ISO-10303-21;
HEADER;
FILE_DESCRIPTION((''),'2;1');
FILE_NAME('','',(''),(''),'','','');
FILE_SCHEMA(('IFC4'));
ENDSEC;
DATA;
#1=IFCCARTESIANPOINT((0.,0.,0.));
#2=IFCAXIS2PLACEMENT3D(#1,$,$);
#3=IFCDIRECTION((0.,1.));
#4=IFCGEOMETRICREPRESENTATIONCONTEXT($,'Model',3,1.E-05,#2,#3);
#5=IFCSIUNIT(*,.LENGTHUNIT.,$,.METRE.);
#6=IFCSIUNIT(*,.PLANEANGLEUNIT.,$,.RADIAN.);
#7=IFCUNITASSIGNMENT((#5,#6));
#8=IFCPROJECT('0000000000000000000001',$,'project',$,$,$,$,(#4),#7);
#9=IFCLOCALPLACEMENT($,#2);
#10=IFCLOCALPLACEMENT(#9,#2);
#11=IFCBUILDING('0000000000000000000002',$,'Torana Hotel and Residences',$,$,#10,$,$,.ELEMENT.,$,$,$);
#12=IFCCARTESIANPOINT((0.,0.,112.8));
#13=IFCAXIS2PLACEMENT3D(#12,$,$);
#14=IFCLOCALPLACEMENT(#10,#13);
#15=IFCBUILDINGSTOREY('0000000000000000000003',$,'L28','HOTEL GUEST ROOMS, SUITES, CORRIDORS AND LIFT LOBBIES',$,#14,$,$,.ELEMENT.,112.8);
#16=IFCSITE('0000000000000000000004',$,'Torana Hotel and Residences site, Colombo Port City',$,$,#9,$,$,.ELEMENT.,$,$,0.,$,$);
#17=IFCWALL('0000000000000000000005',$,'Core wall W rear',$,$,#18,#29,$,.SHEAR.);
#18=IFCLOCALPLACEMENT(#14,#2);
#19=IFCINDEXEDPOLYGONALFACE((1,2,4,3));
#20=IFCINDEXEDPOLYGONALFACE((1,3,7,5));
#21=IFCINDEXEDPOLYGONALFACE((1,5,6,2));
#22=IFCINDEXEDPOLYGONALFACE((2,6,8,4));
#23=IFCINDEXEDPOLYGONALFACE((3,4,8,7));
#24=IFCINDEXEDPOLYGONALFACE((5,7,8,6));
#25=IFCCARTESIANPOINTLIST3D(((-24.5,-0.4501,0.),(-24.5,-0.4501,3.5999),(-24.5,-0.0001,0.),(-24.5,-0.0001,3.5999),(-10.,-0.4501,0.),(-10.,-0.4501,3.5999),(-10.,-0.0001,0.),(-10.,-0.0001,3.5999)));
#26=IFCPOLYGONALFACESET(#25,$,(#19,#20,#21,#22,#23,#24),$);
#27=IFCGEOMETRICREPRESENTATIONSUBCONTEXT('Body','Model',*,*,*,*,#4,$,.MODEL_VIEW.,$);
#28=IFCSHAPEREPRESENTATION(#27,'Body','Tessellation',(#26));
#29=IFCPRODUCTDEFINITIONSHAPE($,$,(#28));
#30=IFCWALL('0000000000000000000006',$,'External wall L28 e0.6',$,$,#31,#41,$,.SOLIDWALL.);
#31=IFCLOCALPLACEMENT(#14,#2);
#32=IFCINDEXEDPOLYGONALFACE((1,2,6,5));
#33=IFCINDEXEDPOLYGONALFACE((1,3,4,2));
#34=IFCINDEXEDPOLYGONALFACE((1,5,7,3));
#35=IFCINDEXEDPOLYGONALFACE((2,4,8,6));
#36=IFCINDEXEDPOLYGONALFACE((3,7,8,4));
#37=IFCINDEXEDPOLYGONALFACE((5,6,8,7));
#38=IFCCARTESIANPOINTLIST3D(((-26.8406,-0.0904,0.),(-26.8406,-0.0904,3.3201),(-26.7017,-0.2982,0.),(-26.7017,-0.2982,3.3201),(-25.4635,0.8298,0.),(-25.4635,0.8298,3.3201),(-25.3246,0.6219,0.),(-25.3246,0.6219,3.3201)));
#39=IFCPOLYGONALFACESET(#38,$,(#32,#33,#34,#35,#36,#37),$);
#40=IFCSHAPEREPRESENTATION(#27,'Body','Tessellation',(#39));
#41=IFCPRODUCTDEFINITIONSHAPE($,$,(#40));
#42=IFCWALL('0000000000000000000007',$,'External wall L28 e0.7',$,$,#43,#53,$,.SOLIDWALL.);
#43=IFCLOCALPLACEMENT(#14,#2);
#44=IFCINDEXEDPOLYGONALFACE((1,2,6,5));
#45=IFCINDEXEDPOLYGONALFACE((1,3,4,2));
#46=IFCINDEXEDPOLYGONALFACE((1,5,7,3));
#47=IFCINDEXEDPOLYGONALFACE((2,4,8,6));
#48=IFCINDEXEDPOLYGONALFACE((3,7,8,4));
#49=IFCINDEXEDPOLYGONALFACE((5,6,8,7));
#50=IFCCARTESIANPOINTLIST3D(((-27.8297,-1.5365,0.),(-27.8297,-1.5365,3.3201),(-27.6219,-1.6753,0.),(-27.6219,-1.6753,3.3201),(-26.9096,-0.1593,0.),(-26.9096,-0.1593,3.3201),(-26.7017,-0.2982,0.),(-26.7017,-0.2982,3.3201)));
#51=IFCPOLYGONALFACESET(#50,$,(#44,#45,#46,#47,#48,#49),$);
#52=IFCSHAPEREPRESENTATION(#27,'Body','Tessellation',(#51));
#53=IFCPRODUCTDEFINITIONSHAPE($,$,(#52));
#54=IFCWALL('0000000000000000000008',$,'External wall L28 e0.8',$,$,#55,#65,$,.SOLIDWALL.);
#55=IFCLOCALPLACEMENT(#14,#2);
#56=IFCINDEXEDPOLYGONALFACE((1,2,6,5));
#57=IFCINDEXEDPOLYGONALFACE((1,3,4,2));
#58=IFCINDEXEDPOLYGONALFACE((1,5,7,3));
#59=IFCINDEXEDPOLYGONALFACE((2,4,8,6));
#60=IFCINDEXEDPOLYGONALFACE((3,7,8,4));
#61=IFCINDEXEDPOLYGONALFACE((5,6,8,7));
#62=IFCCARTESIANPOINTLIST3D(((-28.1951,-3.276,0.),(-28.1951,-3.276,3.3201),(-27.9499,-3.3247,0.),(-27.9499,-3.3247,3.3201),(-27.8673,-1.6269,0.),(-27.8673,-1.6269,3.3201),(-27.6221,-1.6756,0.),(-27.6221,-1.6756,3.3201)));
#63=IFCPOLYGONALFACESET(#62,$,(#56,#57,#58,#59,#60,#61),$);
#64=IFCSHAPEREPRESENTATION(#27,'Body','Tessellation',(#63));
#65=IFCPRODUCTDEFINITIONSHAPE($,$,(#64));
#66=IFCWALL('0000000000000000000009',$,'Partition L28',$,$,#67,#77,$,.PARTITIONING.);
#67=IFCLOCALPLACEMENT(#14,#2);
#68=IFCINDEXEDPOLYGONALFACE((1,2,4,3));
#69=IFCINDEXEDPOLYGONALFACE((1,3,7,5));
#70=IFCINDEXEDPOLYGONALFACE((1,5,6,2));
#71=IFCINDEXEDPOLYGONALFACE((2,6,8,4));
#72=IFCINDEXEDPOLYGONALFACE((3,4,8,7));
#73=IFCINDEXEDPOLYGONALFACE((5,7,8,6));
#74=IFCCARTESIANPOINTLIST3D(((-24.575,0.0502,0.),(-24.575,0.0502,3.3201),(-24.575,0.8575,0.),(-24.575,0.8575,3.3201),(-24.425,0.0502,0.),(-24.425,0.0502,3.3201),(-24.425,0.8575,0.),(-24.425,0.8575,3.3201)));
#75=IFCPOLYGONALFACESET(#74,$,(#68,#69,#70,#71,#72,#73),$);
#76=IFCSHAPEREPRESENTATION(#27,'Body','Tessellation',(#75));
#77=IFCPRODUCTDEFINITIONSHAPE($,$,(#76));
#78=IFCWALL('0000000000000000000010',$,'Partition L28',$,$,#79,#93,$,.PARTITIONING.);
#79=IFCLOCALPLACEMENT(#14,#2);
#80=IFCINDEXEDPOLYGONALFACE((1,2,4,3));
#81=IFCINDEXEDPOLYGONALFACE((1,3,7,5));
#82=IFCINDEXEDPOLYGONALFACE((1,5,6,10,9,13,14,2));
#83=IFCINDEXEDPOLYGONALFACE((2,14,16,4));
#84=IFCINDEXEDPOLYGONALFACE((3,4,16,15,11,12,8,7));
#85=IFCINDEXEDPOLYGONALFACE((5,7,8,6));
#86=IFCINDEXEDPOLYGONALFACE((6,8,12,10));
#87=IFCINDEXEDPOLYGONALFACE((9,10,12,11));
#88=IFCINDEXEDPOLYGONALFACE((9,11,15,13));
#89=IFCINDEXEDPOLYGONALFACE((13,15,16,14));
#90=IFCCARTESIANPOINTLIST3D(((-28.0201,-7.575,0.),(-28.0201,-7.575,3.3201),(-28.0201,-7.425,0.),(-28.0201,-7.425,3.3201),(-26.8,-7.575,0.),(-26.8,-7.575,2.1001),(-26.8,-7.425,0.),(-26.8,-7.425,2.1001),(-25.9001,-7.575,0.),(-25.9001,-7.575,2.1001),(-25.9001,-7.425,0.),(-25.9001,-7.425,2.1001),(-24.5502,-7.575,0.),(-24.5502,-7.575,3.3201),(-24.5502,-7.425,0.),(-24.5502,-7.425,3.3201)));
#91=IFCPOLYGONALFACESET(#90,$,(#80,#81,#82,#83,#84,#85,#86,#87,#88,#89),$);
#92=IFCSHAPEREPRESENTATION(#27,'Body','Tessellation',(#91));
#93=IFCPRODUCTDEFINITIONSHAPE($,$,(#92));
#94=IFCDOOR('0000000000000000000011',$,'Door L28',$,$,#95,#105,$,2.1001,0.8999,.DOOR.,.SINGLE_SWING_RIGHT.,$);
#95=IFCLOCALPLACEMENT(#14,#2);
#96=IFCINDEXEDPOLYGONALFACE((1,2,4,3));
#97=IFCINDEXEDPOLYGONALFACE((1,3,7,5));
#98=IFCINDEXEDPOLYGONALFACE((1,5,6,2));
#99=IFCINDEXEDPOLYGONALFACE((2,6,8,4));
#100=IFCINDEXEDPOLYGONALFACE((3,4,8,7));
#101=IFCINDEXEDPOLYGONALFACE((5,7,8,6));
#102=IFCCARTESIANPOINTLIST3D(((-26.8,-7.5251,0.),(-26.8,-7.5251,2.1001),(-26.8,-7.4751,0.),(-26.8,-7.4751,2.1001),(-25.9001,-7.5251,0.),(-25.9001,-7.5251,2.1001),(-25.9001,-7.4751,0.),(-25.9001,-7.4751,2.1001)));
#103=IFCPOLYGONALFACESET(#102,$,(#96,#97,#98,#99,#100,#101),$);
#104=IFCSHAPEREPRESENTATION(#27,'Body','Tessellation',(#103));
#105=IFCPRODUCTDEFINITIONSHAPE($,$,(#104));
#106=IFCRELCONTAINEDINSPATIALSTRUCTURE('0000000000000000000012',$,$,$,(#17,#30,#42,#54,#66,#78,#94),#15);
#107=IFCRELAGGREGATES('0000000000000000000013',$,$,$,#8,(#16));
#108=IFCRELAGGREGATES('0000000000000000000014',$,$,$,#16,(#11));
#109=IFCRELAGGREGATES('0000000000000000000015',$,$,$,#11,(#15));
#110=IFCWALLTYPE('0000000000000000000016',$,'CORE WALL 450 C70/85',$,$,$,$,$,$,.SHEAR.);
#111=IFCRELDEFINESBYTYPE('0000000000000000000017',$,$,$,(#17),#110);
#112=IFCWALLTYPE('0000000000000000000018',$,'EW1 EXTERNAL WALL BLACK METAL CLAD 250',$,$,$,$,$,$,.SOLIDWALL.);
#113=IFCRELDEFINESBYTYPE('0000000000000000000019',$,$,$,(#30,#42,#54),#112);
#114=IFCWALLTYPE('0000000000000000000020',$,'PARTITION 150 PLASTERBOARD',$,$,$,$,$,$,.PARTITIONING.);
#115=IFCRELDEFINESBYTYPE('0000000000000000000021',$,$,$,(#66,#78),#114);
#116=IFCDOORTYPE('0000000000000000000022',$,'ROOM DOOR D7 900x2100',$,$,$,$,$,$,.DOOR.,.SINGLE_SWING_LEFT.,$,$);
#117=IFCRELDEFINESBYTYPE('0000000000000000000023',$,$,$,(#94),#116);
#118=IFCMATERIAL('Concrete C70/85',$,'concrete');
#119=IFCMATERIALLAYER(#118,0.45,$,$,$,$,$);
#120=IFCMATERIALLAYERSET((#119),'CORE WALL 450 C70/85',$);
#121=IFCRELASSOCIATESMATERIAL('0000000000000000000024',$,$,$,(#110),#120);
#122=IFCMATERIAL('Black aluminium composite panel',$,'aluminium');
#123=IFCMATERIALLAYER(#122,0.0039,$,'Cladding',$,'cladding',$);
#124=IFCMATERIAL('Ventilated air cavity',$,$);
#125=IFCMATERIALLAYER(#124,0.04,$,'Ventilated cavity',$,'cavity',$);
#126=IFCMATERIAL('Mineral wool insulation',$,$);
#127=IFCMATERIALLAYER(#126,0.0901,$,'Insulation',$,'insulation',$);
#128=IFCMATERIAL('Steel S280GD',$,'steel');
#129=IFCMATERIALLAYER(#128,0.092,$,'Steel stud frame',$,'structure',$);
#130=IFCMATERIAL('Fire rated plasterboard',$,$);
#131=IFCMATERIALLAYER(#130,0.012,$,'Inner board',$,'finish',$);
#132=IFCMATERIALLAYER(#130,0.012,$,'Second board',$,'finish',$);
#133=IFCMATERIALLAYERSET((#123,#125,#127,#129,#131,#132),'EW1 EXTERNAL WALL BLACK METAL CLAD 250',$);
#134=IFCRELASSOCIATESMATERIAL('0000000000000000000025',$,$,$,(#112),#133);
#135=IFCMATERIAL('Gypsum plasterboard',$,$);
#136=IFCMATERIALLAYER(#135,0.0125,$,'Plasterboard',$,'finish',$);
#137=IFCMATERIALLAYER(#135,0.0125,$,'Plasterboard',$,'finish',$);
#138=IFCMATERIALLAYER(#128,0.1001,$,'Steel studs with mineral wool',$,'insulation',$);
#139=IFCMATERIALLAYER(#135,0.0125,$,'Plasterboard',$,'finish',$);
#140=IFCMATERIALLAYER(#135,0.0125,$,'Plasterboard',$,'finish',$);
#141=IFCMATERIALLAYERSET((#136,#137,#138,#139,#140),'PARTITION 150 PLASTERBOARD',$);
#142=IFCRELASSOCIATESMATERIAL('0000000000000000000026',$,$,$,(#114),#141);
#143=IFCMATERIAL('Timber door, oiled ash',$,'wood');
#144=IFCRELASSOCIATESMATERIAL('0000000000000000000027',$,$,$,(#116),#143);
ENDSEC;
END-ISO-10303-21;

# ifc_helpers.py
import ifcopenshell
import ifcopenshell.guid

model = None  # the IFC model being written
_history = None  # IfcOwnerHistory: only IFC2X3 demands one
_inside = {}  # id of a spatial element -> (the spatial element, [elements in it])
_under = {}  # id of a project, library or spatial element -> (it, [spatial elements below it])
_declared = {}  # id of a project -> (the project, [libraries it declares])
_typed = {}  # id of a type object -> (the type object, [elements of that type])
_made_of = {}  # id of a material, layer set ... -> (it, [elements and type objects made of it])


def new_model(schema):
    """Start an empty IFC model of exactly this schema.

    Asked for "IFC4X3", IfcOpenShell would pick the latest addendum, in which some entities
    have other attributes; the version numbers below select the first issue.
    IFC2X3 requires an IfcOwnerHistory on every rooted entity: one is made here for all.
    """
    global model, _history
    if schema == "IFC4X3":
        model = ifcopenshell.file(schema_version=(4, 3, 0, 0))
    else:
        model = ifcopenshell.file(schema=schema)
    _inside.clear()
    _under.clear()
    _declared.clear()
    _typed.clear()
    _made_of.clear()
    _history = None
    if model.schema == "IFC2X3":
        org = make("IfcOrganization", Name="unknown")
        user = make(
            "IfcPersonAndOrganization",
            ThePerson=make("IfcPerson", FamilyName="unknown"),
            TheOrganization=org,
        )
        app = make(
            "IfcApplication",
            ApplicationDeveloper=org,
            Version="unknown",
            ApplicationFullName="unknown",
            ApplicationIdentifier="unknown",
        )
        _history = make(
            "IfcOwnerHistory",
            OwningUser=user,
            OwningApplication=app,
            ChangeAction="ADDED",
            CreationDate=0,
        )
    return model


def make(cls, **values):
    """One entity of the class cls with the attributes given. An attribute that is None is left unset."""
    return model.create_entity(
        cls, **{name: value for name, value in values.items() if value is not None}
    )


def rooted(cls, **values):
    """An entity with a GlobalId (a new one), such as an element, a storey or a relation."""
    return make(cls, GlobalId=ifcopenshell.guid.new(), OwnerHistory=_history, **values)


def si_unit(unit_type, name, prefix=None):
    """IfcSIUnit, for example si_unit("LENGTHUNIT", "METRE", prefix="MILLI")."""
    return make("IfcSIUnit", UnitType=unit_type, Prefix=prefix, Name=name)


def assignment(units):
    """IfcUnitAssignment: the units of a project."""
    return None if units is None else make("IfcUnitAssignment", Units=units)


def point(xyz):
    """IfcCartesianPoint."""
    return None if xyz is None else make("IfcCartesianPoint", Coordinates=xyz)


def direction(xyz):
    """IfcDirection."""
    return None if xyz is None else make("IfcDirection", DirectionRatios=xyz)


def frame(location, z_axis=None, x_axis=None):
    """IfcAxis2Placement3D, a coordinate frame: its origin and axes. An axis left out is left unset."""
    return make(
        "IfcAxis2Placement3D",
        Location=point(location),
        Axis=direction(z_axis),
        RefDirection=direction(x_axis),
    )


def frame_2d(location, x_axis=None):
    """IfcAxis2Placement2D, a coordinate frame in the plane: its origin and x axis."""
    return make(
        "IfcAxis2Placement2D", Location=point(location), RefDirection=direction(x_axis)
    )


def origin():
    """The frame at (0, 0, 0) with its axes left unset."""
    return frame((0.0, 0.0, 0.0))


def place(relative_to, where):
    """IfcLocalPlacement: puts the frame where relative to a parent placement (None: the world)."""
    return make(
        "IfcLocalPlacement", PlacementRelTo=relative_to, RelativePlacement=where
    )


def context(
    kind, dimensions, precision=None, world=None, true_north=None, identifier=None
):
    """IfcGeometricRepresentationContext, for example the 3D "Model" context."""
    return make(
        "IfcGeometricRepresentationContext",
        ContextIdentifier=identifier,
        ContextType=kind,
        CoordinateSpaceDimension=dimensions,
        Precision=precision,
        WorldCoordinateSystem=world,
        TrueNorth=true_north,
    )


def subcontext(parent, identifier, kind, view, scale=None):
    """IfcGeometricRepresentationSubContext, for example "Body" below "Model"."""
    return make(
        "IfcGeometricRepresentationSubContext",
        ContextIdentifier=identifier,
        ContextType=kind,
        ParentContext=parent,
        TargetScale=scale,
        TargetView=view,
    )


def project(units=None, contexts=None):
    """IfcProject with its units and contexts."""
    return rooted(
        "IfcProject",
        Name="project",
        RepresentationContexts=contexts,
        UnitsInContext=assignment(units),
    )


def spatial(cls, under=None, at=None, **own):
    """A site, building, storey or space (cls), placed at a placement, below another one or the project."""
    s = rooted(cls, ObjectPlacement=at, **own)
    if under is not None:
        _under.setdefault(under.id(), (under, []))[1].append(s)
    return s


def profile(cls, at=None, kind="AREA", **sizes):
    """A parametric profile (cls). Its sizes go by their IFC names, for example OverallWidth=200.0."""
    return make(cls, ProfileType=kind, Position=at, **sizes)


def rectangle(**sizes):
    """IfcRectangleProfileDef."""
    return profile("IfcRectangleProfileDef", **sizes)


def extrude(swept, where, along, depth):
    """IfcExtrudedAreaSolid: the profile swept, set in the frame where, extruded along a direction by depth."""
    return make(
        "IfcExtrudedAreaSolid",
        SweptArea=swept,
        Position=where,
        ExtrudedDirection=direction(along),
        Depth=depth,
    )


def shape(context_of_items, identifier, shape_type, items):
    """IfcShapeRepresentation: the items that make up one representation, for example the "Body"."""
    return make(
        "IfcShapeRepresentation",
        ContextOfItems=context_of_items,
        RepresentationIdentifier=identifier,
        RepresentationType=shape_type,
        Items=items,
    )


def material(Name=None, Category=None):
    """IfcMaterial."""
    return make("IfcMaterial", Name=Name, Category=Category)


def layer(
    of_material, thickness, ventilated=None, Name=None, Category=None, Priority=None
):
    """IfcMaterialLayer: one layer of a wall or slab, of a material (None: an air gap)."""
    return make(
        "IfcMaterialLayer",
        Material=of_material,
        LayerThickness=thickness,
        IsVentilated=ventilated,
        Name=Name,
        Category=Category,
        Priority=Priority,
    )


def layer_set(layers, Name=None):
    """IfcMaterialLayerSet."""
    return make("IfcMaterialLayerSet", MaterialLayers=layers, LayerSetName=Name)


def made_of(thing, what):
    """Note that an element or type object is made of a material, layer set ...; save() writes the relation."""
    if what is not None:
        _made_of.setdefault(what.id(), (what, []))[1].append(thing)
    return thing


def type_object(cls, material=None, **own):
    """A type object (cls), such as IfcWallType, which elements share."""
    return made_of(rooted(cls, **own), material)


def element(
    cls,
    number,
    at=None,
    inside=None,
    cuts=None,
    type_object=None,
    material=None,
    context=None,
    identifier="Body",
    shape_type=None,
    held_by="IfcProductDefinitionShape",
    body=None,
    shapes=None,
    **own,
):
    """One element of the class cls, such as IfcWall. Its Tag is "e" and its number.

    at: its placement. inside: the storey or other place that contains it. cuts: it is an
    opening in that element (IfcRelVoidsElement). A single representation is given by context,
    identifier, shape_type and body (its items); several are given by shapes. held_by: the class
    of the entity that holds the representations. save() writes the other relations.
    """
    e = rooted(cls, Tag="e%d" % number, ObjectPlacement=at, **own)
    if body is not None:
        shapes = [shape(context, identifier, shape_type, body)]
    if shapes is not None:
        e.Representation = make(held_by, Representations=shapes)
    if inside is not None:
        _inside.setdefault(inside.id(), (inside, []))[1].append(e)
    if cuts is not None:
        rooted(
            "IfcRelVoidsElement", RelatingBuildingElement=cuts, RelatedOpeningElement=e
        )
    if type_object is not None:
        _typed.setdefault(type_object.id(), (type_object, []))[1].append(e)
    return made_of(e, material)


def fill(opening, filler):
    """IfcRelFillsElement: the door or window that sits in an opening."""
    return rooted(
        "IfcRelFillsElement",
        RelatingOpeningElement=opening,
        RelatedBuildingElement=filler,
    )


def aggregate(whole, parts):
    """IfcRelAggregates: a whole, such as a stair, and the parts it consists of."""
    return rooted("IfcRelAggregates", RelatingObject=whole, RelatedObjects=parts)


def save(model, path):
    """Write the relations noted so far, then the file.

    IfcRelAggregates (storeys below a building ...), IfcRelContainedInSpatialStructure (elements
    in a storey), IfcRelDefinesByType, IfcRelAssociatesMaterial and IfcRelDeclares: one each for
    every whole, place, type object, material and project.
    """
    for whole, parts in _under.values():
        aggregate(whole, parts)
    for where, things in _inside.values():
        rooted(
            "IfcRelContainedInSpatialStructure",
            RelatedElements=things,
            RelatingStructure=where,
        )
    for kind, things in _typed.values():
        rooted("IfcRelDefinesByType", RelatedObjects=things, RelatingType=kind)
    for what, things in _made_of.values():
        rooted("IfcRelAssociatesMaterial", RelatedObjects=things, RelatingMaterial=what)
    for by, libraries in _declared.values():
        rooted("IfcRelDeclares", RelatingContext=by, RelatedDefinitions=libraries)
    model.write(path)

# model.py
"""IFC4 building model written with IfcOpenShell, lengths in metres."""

from ifc_helpers import new_model, si_unit, direction, frame, frame_2d, origin, place, context, subcontext, project, spatial, rectangle, extrude, material, layer, layer_set, type_object, element, fill, save


model = new_model("IFC4")

# Units and contexts
model_context = context("Model", 3, precision=1e-05, world=origin(), true_north=direction((0.0, 1.0)))
body_context = subcontext(model_context, "Body", "Model", "MODEL_VIEW")
ifc_project = project(units=[si_unit("LENGTHUNIT", "METRE"), si_unit("PLANEANGLEUNIT", "RADIAN")], contexts=[model_context])

# Site, building, storey
site_placement = place(None, origin())
site = spatial("IfcSite", under=ifc_project, at=site_placement, Name="Torana Hotel and Residences site, Colombo Port City", CompositionType="ELEMENT", RefElevation=0.0)
building_placement = place(site_placement, origin())
building = spatial("IfcBuilding", under=site, at=building_placement, Name="Torana Hotel and Residences", CompositionType="ELEMENT")
storey_placement = place(building_placement, frame((0.0, 0.0, 112.8)))
storey = spatial("IfcBuildingStorey", under=building, at=storey_placement, Name="L28", Description="HOTEL GUEST ROOMS, SUITES, CORRIDORS AND LIFT LOBBIES", CompositionType="ELEMENT", Elevation=112.8)

# Walls
ifc_material_1 = material(Name="Concrete C70/85", Category="concrete")
ifc_layer_1 = layer(ifc_material_1, 0.45)
ifc_layer_set_1 = layer_set([ifc_layer_1], Name="CORE WALL 450 C70/85")
wall_type_1 = type_object("IfcWallType", Name="CORE WALL 450 C70/85", PredefinedType="SHEAR", material=ifc_layer_set_1)
wall_1_placement = place(storey_placement, frame((-24.5, -0.2251, 0.0), z_axis=(0.0, 0.0, 1.0), x_axis=(1.0, 0.0, 0.0)))
element("IfcWall", 1, at=wall_1_placement, inside=storey, type_object=wall_type_1, Name="Core wall W rear", PredefinedType="SHEAR", context=body_context, shape_type="SweptSolid", body=[
    extrude(rectangle(XDim=14.5, YDim=0.45, at=frame_2d((7.25, 0.0))), origin(), (0.0, 0.0, 1.0), 3.5999),
])
ifc_material_2 = material(Name="Black aluminium composite panel", Category="aluminium")
ifc_layer_2 = layer(ifc_material_2, 0.0039, Name="Cladding", Category="cladding")
ifc_material_3 = material(Name="Ventilated air cavity")
ifc_layer_3 = layer(ifc_material_3, 0.04, Name="Ventilated cavity", Category="cavity")
ifc_material_4 = material(Name="Mineral wool insulation")
ifc_layer_4 = layer(ifc_material_4, 0.0901, Name="Insulation", Category="insulation")
ifc_material_5 = material(Name="Steel S280GD", Category="steel")
ifc_layer_5 = layer(ifc_material_5, 0.092, Name="Steel stud frame", Category="structure")
ifc_material_6 = material(Name="Fire rated plasterboard")
ifc_layer_6 = layer(ifc_material_6, 0.012, Name="Inner board", Category="finish")
ifc_layer_7 = layer(ifc_material_6, 0.012, Name="Second board", Category="finish")
ifc_layer_set_2 = layer_set([ifc_layer_2, ifc_layer_3, ifc_layer_4, ifc_layer_5, ifc_layer_6, ifc_layer_7], Name="EW1 EXTERNAL WALL BLACK METAL CLAD 250")
wall_type_2 = type_object("IfcWallType", Name="EW1 EXTERNAL WALL BLACK METAL CLAD 250", PredefinedType="SOLIDWALL", material=ifc_layer_set_2)
for number, where, z_axis, x_axis, name in (
    (2, (-25.394, 0.7258, 0.0), (0.0, 0.0, 1.0), (-0.831483, -0.55555, 0.0), "External wall L28 e0.6"),
    (3, (-26.8057, -0.2288, 0.0), (0.0, 0.0, 1.0), (-0.55555, -0.831483, 0.0), "External wall L28 e0.7"),
):
    element("IfcWall", number, at=place(storey_placement, frame(where, z_axis=z_axis, x_axis=x_axis)), inside=storey, type_object=wall_type_2, Name=name, PredefinedType="SOLIDWALL", context=body_context, shape_type="SweptSolid", body=[
        extrude(rectangle(XDim=1.6562, YDim=0.25, at=frame_2d((0.8281, 0.0))), origin(), (0.0, 0.0, 1.0), 3.3201),
    ])
wall_2_placement = place(storey_placement, frame((-27.7446, -1.6511, 0.0), z_axis=(0.0, 0.0, 1.0), x_axis=(-0.194999, -0.980803, 0.0)))
element("IfcWall", 4, at=wall_2_placement, inside=storey, type_object=wall_type_2, Name="External wall L28 e0.8", PredefinedType="SOLIDWALL", context=body_context, shape_type="SweptSolid", body=[
    extrude(rectangle(XDim=1.6814, YDim=0.25, at=frame_2d((0.8408, 0.0))), origin(), (0.0, 0.0, 1.0), 3.3201),
])

# Wall
ifc_material_7 = material(Name="Gypsum plasterboard")
ifc_layer_8 = layer(ifc_material_7, 0.0125, Name="Plasterboard", Category="finish")
ifc_layer_9 = layer(ifc_material_7, 0.0125, Name="Plasterboard", Category="finish")
ifc_layer_10 = layer(ifc_material_5, 0.1001, Name="Steel studs with mineral wool", Category="insulation")
ifc_layer_11 = layer(ifc_material_7, 0.0125, Name="Plasterboard", Category="finish")
ifc_layer_12 = layer(ifc_material_7, 0.0125, Name="Plasterboard", Category="finish")
ifc_layer_set_3 = layer_set([ifc_layer_8, ifc_layer_9, ifc_layer_10, ifc_layer_11, ifc_layer_12], Name="PARTITION 150 PLASTERBOARD")
wall_type_3 = type_object("IfcWallType", Name="PARTITION 150 PLASTERBOARD", PredefinedType="PARTITIONING", material=ifc_layer_set_3)
wall_3_placement = place(storey_placement, frame((-24.5, 0.05, 0.0), z_axis=(0.0, 0.0, 1.0), x_axis=(0.0, 1.0, 0.0)))
element("IfcWall", 5, at=wall_3_placement, inside=storey, type_object=wall_type_3, Name="Partition L28", PredefinedType="PARTITIONING", context=body_context, shape_type="SweptSolid", body=[
    extrude(rectangle(XDim=0.8074, YDim=0.1499, at=frame_2d((0.4038, 0.0))), origin(), (0.0, 0.0, 1.0), 3.3201),
])

# Wall, opening, door
wall_4_placement = place(storey_placement, frame((-28.02, -7.5, 0.0), z_axis=(0.0, 0.0, 1.0), x_axis=(1.0, 0.0, 0.0)))
wall_4 = element("IfcWall", 6, at=wall_4_placement, inside=storey, type_object=wall_type_3, Name="Partition L28", PredefinedType="PARTITIONING", context=body_context, shape_type="SweptSolid", body=[
    extrude(rectangle(XDim=3.47, YDim=0.1499, at=frame_2d((1.7349, 0.0))), origin(), (0.0, 0.0, 1.0), 3.3201),
])
opening_1_placement = place(wall_4_placement, frame((1.22, 0.0, 0.0)))
opening_1 = element("IfcOpeningElement", 7, at=opening_1_placement, cuts=wall_4, PredefinedType="OPENING", context=body_context, shape_type="SweptSolid", body=[
    extrude(rectangle(XDim=0.8999, YDim=2.1001, at=frame_2d((0.45, 1.05))), frame((0.0, 0.085, 0.0), z_axis=(0.0, -1.0, 0.0), x_axis=(1.0, 0.0, 0.0)), (0.0, 0.0, 1.0), 0.1699),
])
ifc_material_8 = material(Name="Timber door, oiled ash", Category="wood")
door_type_1 = type_object("IfcDoorType", Name="ROOM DOOR D7 900x2100", OperationType="SINGLE_SWING_LEFT", PredefinedType="DOOR", material=ifc_material_8)
door_1_placement = place(opening_1_placement, origin())
door_1 = element("IfcDoor", 8, at=door_1_placement, inside=storey, type_object=door_type_1, Name="Door L28", OperationType="SINGLE_SWING_RIGHT", OverallHeight=2.1001, OverallWidth=0.8999, PredefinedType="DOOR", context=body_context, shape_type="SweptSolid", body=[
    extrude(rectangle(XDim=0.8999, YDim=2.1001, at=frame_2d((0.45, 1.05))), frame((0.0, 0.0249, 0.0), z_axis=(0.0, -1.0, 0.0), x_axis=(1.0, 0.0, 0.0)), (0.0, 0.0, 1.0), 0.05),
])
fill(opening_1, door_1)

save(model, "model.ifc")
